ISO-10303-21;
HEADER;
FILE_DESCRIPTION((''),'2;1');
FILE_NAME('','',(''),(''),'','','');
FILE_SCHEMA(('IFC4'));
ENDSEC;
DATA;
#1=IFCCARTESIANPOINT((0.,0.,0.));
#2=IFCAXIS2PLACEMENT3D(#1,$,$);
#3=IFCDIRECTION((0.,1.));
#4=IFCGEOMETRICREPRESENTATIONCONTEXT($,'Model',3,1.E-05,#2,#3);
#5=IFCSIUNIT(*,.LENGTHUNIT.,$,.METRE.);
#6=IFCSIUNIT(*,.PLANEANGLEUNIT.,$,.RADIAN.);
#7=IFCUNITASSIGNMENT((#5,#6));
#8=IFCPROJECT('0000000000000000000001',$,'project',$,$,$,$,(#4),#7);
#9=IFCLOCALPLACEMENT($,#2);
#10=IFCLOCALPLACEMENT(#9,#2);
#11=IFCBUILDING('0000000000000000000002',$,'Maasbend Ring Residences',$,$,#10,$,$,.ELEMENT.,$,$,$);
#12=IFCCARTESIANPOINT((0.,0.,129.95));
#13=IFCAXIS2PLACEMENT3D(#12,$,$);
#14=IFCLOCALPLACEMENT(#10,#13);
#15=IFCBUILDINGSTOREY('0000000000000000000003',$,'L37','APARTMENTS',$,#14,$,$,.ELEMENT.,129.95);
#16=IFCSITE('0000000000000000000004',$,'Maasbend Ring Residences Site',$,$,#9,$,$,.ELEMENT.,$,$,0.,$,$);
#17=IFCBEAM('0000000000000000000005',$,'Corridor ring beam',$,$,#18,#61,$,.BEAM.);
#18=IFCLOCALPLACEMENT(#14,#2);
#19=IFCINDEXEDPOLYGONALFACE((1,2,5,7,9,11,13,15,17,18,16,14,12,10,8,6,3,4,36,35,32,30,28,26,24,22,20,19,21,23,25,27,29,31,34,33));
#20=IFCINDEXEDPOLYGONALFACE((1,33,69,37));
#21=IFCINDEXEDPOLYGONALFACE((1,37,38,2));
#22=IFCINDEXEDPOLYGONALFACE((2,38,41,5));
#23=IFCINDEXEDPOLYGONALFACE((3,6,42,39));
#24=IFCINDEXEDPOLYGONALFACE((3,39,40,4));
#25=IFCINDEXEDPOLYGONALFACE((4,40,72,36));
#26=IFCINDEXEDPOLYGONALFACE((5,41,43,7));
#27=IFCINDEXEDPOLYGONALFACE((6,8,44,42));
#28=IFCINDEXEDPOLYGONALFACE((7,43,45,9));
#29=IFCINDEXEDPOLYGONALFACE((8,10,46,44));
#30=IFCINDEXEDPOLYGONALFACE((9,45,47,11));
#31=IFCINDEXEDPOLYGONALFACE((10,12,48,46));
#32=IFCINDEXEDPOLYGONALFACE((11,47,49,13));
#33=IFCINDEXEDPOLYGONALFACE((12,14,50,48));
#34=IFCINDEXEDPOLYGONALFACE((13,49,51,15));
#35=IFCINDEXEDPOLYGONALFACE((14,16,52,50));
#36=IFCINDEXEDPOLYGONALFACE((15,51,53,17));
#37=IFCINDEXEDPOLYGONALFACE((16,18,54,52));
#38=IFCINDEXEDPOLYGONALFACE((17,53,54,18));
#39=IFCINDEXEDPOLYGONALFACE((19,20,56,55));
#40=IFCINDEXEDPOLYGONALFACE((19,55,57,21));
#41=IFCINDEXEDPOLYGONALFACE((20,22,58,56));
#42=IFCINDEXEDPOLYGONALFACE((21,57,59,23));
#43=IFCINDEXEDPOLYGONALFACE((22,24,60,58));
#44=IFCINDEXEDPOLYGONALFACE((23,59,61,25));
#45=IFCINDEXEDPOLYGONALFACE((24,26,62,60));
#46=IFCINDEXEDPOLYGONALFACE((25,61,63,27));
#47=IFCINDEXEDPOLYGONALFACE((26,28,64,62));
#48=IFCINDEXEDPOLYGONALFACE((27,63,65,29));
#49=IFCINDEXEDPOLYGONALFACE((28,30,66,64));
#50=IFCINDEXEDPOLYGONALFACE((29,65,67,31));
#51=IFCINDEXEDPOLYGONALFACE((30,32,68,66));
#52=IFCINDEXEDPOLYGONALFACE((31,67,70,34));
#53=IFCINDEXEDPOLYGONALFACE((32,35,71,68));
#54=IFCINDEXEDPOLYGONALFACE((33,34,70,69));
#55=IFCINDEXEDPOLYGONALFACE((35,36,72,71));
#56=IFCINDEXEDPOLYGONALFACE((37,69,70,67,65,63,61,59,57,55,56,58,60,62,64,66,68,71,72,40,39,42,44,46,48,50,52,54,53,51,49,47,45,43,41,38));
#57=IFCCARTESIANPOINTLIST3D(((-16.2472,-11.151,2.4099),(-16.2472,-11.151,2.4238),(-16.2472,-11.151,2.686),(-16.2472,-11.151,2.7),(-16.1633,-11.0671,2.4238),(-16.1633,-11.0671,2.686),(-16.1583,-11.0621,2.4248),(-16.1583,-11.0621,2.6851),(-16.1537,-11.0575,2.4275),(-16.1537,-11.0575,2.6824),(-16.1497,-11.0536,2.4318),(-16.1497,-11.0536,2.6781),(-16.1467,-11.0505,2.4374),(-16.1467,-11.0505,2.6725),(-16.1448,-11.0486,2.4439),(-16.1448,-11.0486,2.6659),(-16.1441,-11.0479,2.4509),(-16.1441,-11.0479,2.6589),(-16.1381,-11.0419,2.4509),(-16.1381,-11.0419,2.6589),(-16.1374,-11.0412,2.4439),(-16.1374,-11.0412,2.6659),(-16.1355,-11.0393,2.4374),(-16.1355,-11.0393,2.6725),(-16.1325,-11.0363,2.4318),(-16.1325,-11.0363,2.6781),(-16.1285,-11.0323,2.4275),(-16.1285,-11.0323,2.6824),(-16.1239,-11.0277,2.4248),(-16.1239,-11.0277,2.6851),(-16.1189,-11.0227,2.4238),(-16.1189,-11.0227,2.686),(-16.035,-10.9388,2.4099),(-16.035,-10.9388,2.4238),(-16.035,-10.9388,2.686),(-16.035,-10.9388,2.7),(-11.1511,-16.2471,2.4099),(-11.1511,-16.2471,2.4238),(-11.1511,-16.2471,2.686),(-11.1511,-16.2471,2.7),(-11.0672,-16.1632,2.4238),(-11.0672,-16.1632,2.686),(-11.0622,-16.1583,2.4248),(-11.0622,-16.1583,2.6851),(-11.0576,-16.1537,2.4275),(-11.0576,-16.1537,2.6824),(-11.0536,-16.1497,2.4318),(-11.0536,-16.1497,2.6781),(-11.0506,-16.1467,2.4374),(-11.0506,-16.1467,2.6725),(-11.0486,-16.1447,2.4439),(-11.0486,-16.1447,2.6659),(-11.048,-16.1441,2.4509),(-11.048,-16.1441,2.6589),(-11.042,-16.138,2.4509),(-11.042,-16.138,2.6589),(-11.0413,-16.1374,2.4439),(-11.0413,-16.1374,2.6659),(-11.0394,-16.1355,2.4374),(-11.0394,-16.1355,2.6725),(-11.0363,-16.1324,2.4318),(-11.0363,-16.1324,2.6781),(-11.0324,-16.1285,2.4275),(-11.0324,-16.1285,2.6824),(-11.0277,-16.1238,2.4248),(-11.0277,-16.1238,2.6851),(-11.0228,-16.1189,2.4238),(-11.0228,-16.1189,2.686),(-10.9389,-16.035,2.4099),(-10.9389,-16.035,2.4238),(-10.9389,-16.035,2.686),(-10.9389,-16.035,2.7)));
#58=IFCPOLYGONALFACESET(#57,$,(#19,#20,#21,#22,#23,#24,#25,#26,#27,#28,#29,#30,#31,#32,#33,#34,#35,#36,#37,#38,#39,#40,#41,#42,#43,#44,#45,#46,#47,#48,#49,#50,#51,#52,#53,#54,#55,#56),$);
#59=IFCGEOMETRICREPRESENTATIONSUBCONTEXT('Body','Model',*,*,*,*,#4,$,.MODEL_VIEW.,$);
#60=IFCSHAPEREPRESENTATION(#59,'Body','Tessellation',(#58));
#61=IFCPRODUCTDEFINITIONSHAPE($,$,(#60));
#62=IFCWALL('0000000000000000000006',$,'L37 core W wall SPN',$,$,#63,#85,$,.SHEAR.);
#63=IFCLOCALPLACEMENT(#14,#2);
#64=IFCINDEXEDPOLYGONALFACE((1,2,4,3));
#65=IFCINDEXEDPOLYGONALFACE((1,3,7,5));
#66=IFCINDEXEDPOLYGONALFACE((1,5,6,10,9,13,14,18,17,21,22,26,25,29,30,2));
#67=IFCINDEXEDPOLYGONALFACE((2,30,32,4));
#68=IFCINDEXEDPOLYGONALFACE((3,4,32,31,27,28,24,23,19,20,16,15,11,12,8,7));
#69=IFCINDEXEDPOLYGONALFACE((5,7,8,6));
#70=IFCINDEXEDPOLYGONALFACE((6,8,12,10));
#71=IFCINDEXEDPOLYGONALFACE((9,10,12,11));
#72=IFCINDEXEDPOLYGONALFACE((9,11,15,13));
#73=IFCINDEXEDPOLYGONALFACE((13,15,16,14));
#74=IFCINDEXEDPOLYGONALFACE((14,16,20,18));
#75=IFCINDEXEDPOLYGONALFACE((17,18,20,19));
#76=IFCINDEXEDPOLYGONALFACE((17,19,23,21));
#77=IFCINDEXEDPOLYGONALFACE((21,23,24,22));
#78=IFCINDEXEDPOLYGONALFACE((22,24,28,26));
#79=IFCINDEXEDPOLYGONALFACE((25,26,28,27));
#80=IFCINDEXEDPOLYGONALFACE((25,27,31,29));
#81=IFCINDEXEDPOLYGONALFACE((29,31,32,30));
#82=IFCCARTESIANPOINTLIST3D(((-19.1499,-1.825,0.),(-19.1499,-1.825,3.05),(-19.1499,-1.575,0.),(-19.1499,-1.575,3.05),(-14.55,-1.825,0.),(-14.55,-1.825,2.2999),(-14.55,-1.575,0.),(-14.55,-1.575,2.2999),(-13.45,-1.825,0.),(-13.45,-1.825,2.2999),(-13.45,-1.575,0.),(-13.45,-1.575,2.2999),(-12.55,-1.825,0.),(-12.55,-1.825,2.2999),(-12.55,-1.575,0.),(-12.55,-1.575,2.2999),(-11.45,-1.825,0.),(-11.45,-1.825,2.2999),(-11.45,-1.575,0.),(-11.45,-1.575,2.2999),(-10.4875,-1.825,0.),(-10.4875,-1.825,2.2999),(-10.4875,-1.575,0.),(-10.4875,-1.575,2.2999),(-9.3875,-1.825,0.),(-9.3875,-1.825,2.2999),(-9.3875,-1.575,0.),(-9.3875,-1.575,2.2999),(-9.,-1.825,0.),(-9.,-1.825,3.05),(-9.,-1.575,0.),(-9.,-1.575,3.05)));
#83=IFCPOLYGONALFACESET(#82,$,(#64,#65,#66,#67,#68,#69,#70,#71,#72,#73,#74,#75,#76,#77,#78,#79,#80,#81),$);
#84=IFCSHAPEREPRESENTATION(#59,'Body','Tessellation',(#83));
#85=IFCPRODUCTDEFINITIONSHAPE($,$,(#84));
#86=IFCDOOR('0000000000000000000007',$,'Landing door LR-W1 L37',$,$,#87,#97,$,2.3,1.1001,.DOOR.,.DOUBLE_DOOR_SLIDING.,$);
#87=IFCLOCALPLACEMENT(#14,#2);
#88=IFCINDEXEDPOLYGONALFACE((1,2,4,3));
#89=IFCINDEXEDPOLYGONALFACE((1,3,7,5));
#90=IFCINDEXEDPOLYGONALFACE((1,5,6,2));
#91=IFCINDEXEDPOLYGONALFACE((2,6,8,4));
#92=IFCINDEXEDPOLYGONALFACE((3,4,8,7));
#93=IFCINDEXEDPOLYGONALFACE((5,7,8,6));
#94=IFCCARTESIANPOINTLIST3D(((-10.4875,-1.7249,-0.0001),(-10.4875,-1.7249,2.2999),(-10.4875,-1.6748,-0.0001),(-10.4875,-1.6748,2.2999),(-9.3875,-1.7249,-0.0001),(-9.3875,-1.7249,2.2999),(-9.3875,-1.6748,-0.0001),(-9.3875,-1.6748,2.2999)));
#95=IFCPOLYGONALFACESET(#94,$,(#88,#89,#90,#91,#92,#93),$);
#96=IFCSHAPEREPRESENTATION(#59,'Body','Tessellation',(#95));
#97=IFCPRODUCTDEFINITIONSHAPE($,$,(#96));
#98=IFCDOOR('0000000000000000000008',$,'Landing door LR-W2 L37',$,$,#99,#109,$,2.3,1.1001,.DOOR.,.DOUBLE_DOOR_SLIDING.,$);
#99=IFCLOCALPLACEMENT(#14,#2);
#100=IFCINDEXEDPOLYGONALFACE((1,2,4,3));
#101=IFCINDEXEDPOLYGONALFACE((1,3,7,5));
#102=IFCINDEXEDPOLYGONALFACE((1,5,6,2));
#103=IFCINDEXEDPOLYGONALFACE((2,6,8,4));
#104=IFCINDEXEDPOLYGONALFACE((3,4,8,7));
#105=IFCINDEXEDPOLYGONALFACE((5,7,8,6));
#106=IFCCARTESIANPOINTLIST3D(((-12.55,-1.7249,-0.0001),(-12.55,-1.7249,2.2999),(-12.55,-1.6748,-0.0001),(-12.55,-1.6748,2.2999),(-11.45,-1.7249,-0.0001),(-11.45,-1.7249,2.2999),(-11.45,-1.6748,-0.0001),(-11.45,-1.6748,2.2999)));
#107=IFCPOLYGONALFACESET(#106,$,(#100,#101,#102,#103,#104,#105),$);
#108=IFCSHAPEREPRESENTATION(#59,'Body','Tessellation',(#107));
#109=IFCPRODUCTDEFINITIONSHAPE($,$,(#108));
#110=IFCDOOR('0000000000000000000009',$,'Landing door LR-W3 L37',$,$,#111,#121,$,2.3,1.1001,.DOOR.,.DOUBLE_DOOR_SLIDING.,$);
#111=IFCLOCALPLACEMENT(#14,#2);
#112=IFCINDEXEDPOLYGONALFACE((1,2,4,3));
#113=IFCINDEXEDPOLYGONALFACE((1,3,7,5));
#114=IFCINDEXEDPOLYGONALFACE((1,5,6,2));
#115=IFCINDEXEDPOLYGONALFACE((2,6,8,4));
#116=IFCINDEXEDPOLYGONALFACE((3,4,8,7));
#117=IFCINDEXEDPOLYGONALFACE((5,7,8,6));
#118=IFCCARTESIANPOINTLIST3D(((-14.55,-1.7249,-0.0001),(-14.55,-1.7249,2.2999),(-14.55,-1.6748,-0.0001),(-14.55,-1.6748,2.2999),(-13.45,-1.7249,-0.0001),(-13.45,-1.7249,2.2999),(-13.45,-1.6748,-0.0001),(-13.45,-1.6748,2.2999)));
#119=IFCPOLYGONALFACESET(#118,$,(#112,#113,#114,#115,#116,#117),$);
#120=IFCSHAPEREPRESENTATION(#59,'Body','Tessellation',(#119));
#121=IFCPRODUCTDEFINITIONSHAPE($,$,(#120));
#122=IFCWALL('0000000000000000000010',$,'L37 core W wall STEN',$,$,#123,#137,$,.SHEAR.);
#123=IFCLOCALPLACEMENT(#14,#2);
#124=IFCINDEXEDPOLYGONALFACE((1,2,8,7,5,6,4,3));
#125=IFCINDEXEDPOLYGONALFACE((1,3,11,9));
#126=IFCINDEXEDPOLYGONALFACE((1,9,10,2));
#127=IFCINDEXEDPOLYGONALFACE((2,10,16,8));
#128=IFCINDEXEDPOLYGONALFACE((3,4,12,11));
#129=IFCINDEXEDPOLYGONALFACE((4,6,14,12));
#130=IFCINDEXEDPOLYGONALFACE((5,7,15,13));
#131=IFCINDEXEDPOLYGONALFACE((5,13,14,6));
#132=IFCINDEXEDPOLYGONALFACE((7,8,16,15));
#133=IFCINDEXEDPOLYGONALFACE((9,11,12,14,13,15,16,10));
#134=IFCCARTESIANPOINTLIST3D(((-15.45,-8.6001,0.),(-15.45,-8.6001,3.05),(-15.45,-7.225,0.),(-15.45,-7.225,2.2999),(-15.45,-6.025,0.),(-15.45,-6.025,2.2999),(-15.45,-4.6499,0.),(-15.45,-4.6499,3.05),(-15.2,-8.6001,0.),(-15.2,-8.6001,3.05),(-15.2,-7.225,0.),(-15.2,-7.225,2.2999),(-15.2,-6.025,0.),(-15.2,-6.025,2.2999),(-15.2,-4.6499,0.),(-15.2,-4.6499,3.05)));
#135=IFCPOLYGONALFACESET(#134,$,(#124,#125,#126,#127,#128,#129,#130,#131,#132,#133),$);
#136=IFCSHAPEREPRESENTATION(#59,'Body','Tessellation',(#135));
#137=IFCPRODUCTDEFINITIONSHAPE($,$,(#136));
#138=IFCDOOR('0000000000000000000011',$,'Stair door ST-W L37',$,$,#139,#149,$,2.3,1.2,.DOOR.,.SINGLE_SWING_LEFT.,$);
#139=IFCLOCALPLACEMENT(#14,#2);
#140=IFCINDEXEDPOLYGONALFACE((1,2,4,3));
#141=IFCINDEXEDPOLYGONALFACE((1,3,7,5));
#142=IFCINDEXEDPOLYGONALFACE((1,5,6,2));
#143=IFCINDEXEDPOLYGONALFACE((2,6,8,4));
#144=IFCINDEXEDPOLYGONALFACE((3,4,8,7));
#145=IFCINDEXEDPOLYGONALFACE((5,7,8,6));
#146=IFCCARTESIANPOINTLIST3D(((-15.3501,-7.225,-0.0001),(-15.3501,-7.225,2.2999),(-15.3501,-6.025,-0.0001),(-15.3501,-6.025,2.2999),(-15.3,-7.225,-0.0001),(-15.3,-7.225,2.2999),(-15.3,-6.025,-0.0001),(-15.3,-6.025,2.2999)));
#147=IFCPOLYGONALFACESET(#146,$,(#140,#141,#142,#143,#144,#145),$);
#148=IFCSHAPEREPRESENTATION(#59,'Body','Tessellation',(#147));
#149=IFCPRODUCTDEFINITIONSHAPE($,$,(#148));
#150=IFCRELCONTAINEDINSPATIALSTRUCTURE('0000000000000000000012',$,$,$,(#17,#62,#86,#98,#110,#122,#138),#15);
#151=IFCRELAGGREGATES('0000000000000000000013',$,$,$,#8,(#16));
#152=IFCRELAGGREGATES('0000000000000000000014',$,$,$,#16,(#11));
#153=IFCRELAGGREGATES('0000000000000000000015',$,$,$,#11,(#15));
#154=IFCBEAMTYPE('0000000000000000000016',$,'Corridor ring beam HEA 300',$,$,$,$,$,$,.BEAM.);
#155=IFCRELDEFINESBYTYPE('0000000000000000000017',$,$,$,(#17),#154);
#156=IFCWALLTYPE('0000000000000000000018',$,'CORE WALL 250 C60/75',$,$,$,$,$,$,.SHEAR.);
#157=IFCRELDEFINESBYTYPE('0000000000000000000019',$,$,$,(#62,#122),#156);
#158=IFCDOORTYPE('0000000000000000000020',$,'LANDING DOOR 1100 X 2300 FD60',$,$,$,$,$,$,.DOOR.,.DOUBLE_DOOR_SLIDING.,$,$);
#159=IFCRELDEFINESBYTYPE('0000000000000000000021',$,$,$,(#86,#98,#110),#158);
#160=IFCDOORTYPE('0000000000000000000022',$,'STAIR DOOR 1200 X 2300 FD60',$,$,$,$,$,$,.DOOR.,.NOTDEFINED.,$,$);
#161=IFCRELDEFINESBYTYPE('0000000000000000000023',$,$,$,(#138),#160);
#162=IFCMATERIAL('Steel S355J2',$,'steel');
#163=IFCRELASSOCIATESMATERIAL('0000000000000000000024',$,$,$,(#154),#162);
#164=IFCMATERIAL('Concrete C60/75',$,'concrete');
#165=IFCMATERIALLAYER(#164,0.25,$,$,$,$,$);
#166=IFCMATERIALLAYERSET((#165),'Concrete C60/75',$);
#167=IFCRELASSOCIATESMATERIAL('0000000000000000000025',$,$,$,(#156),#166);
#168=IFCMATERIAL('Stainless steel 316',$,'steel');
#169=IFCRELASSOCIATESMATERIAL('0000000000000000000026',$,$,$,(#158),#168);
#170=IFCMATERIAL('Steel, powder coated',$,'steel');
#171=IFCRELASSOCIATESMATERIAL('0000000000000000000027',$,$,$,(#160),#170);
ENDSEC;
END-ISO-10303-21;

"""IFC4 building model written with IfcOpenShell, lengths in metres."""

from ifc_helpers import new_model, si_unit, direction, frame, frame_2d, origin, origin_2d, place, context, subcontext, project, spatial, rectangle, i_section, extrude, material, layer, layer_set, material_profile, profile_set, type_object, element, fill, save


model = new_model("IFC4")

# Units and contexts
model_context = context("Model", 3, precision=1e-05, world=origin(), true_north=direction((0.0, 1.0)))
body_context = subcontext(model_context, "Body", "Model", "MODEL_VIEW")
ifc_project = project(units=[si_unit("LENGTHUNIT", "METRE"), si_unit("PLANEANGLEUNIT", "RADIAN")], contexts=[model_context])

# Site, building, storey
site_placement = place(None, origin())
site = spatial("IfcSite", under=ifc_project, at=site_placement, Name="Maasbend Ring Residences Site", CompositionType="ELEMENT", RefElevation=0.0)
building_placement = place(site_placement, origin())
building = spatial("IfcBuilding", under=site, at=building_placement, Name="Maasbend Ring Residences", CompositionType="ELEMENT")
storey_placement = place(building_placement, frame((0.0, 0.0, 129.95)))
storey = spatial("IfcBuildingStorey", under=building, at=storey_placement, Name="L37", Description="APARTMENTS", CompositionType="ELEMENT", Elevation=129.95)

# Beam
ifc_material_1 = material(Name="Steel S355J2", Category="steel")
ifc_material_profile = material_profile(ifc_material_1, i_section(OverallWidth=0.3, OverallDepth=0.29, WebThickness=0.0085, FlangeThickness=0.0139, FilletRadius=0.0271, at=origin_2d()), Name="HEA 300")
ifc_profile_set = profile_set([ifc_material_profile], Name="Steel S355J2")
beam_type = type_object("IfcBeamType", Name="Corridor ring beam HEA 300", PredefinedType="BEAM", material=ifc_profile_set)
beam_placement = place(storey_placement, frame((-16.1411, -11.0449, 2.5549), z_axis=(0.707107, -0.707107, 0.0), x_axis=(0.707107, 0.707107, 0.0)))
element("IfcBeam", 1, at=beam_placement, inside=storey, type_object=beam_type, Name="Corridor ring beam", PredefinedType="BEAM", context=body_context, shape_type="SweptSolid", body=[
    extrude(i_section(OverallWidth=0.3, OverallDepth=0.29, WebThickness=0.0085, FlangeThickness=0.0139, FilletRadius=0.0271, at=origin_2d()), origin(), (0.0, 0.0, 1.0), 7.207),
])

# Wall, openings, doors
ifc_material_2 = material(Name="Concrete C60/75", Category="concrete")
ifc_layer_1 = layer(ifc_material_2, 0.25)
ifc_layer_set_1 = layer_set([ifc_layer_1], Name="Concrete C60/75")
wall_type_1 = type_object("IfcWallType", Name="CORE WALL 250 C60/75", PredefinedType="SHEAR", material=ifc_layer_set_1)
wall_1_placement = place(storey_placement, frame((-9.0, -1.7, 0.0), z_axis=(0.0, 0.0, 1.0), x_axis=(-1.0, 0.0, 0.0)))
wall_1 = element("IfcWall", 2, at=wall_1_placement, inside=storey, type_object=wall_type_1, Name="L37 core W wall SPN", PredefinedType="SHEAR", context=body_context, shape_type="SweptSolid", body=[
    extrude(rectangle(XDim=10.1499, YDim=0.25, at=frame_2d((5.075, 0.0))), origin(), (0.0, 0.0, 1.0), 3.05),
])
opening_1_placement = place(wall_1_placement, frame((0.3875, 0.0, 0.0)))
opening_1 = element("IfcOpeningElement", 3, at=opening_1_placement, cuts=wall_1, PredefinedType="OPENING", context=body_context, shape_type="SweptSolid", body=[
    extrude(rectangle(XDim=1.1001, YDim=2.3, at=frame_2d((0.55, 1.1499))), frame((0.0, 0.135, 0.0), z_axis=(0.0, -1.0, 0.0), x_axis=(1.0, 0.0, 0.0)), (0.0, 0.0, 1.0), 0.27),
])
opening_2_placement = place(wall_1_placement, frame((2.45, 0.0, 0.0)))
opening_2 = element("IfcOpeningElement", 4, at=opening_2_placement, cuts=wall_1, PredefinedType="OPENING", context=body_context, shape_type="SweptSolid", body=[
    extrude(rectangle(XDim=1.1001, YDim=2.3, at=frame_2d((0.55, 1.1499))), frame((0.0, 0.135, 0.0), z_axis=(0.0, -1.0, 0.0), x_axis=(1.0, 0.0, 0.0)), (0.0, 0.0, 1.0), 0.27),
])
opening_3_placement = place(wall_1_placement, frame((4.45, 0.0, 0.0)))
opening_3 = element("IfcOpeningElement", 5, at=opening_3_placement, cuts=wall_1, PredefinedType="OPENING", context=body_context, shape_type="SweptSolid", body=[
    extrude(rectangle(XDim=1.1001, YDim=2.3, at=frame_2d((0.55, 1.1499))), frame((0.0, 0.135, 0.0), z_axis=(0.0, -1.0, 0.0), x_axis=(1.0, 0.0, 0.0)), (0.0, 0.0, 1.0), 0.27),
])
ifc_material_3 = material(Name="Stainless steel 316", Category="steel")
door_type_1 = type_object("IfcDoorType", Name="LANDING DOOR 1100 X 2300 FD60", OperationType="DOUBLE_DOOR_SLIDING", PredefinedType="DOOR", material=ifc_material_3)
door_1_placement = place(opening_1_placement, origin())
door_1 = element("IfcDoor", 6, at=door_1_placement, inside=storey, type_object=door_type_1, Name="Landing door LR-W1 L37", OperationType="DOUBLE_DOOR_SLIDING", OverallHeight=2.3, OverallWidth=1.1001, PredefinedType="DOOR", context=body_context, shape_type="SweptSolid", body=[
    extrude(rectangle(XDim=1.1001, YDim=2.3, at=frame_2d((0.55, 1.1499))), frame((0.0, 0.0249, 0.0), z_axis=(0.0, -1.0, 0.0), x_axis=(1.0, 0.0, 0.0)), (0.0, 0.0, 1.0), 0.05),
])
fill(opening_1, door_1)
door_2_placement = place(opening_2_placement, origin())
door_2 = element("IfcDoor", 7, at=door_2_placement, inside=storey, type_object=door_type_1, Name="Landing door LR-W2 L37", OperationType="DOUBLE_DOOR_SLIDING", OverallHeight=2.3, OverallWidth=1.1001, PredefinedType="DOOR", context=body_context, shape_type="SweptSolid", body=[
    extrude(rectangle(XDim=1.1001, YDim=2.3, at=frame_2d((0.55, 1.1499))), frame((0.0, 0.0249, 0.0), z_axis=(0.0, -1.0, 0.0), x_axis=(1.0, 0.0, 0.0)), (0.0, 0.0, 1.0), 0.05),
])
fill(opening_2, door_2)
door_3_placement = place(opening_3_placement, origin())
door_3 = element("IfcDoor", 8, at=door_3_placement, inside=storey, type_object=door_type_1, Name="Landing door LR-W3 L37", OperationType="DOUBLE_DOOR_SLIDING", OverallHeight=2.3, OverallWidth=1.1001, PredefinedType="DOOR", context=body_context, shape_type="SweptSolid", body=[
    extrude(rectangle(XDim=1.1001, YDim=2.3, at=frame_2d((0.55, 1.1499))), frame((0.0, 0.0249, 0.0), z_axis=(0.0, -1.0, 0.0), x_axis=(1.0, 0.0, 0.0)), (0.0, 0.0, 1.0), 0.05),
])
fill(opening_3, door_3)

# Wall, opening, door
wall_2_placement = place(storey_placement, frame((-15.325, -4.6499, 0.0), z_axis=(0.0, 0.0, 1.0), x_axis=(0.0, -1.0, 0.0)))
wall_2 = element("IfcWall", 9, at=wall_2_placement, inside=storey, type_object=wall_type_1, Name="L37 core W wall STEN", PredefinedType="SHEAR", context=body_context, shape_type="SweptSolid", body=[
    extrude(rectangle(XDim=3.9502, YDim=0.25, at=frame_2d((1.9751, 0.0))), origin(), (0.0, 0.0, 1.0), 3.05),
])
opening_4_placement = place(wall_2_placement, frame((1.375, 0.0, 0.0)))
opening_4 = element("IfcOpeningElement", 10, at=opening_4_placement, cuts=wall_2, PredefinedType="OPENING", context=body_context, shape_type="SweptSolid", body=[
    extrude(rectangle(XDim=1.2, YDim=2.3, at=frame_2d((0.6001, 1.1499))), frame((0.0, 0.135, 0.0), z_axis=(0.0, -1.0, 0.0), x_axis=(1.0, 0.0, 0.0)), (0.0, 0.0, 1.0), 0.27),
])
ifc_material_4 = material(Name="Steel, powder coated", Category="steel")
door_type_2 = type_object("IfcDoorType", Name="STAIR DOOR 1200 X 2300 FD60", OperationType="NOTDEFINED", PredefinedType="DOOR", material=ifc_material_4)
door_4_placement = place(opening_4_placement, origin())
door_4 = element("IfcDoor", 11, at=door_4_placement, inside=storey, type_object=door_type_2, Name="Stair door ST-W L37", OperationType="SINGLE_SWING_LEFT", OverallHeight=2.3, OverallWidth=1.2, PredefinedType="DOOR", context=body_context, shape_type="SweptSolid", body=[
    extrude(rectangle(XDim=1.2, YDim=2.3, at=frame_2d((0.6001, 1.1499))), frame((0.0, 0.0249, 0.0), z_axis=(0.0, -1.0, 0.0), x_axis=(1.0, 0.0, 0.0)), (0.0, 0.0, 1.0), 0.05),
])
fill(opening_4, door_4)

save(model, "model.ifc")
